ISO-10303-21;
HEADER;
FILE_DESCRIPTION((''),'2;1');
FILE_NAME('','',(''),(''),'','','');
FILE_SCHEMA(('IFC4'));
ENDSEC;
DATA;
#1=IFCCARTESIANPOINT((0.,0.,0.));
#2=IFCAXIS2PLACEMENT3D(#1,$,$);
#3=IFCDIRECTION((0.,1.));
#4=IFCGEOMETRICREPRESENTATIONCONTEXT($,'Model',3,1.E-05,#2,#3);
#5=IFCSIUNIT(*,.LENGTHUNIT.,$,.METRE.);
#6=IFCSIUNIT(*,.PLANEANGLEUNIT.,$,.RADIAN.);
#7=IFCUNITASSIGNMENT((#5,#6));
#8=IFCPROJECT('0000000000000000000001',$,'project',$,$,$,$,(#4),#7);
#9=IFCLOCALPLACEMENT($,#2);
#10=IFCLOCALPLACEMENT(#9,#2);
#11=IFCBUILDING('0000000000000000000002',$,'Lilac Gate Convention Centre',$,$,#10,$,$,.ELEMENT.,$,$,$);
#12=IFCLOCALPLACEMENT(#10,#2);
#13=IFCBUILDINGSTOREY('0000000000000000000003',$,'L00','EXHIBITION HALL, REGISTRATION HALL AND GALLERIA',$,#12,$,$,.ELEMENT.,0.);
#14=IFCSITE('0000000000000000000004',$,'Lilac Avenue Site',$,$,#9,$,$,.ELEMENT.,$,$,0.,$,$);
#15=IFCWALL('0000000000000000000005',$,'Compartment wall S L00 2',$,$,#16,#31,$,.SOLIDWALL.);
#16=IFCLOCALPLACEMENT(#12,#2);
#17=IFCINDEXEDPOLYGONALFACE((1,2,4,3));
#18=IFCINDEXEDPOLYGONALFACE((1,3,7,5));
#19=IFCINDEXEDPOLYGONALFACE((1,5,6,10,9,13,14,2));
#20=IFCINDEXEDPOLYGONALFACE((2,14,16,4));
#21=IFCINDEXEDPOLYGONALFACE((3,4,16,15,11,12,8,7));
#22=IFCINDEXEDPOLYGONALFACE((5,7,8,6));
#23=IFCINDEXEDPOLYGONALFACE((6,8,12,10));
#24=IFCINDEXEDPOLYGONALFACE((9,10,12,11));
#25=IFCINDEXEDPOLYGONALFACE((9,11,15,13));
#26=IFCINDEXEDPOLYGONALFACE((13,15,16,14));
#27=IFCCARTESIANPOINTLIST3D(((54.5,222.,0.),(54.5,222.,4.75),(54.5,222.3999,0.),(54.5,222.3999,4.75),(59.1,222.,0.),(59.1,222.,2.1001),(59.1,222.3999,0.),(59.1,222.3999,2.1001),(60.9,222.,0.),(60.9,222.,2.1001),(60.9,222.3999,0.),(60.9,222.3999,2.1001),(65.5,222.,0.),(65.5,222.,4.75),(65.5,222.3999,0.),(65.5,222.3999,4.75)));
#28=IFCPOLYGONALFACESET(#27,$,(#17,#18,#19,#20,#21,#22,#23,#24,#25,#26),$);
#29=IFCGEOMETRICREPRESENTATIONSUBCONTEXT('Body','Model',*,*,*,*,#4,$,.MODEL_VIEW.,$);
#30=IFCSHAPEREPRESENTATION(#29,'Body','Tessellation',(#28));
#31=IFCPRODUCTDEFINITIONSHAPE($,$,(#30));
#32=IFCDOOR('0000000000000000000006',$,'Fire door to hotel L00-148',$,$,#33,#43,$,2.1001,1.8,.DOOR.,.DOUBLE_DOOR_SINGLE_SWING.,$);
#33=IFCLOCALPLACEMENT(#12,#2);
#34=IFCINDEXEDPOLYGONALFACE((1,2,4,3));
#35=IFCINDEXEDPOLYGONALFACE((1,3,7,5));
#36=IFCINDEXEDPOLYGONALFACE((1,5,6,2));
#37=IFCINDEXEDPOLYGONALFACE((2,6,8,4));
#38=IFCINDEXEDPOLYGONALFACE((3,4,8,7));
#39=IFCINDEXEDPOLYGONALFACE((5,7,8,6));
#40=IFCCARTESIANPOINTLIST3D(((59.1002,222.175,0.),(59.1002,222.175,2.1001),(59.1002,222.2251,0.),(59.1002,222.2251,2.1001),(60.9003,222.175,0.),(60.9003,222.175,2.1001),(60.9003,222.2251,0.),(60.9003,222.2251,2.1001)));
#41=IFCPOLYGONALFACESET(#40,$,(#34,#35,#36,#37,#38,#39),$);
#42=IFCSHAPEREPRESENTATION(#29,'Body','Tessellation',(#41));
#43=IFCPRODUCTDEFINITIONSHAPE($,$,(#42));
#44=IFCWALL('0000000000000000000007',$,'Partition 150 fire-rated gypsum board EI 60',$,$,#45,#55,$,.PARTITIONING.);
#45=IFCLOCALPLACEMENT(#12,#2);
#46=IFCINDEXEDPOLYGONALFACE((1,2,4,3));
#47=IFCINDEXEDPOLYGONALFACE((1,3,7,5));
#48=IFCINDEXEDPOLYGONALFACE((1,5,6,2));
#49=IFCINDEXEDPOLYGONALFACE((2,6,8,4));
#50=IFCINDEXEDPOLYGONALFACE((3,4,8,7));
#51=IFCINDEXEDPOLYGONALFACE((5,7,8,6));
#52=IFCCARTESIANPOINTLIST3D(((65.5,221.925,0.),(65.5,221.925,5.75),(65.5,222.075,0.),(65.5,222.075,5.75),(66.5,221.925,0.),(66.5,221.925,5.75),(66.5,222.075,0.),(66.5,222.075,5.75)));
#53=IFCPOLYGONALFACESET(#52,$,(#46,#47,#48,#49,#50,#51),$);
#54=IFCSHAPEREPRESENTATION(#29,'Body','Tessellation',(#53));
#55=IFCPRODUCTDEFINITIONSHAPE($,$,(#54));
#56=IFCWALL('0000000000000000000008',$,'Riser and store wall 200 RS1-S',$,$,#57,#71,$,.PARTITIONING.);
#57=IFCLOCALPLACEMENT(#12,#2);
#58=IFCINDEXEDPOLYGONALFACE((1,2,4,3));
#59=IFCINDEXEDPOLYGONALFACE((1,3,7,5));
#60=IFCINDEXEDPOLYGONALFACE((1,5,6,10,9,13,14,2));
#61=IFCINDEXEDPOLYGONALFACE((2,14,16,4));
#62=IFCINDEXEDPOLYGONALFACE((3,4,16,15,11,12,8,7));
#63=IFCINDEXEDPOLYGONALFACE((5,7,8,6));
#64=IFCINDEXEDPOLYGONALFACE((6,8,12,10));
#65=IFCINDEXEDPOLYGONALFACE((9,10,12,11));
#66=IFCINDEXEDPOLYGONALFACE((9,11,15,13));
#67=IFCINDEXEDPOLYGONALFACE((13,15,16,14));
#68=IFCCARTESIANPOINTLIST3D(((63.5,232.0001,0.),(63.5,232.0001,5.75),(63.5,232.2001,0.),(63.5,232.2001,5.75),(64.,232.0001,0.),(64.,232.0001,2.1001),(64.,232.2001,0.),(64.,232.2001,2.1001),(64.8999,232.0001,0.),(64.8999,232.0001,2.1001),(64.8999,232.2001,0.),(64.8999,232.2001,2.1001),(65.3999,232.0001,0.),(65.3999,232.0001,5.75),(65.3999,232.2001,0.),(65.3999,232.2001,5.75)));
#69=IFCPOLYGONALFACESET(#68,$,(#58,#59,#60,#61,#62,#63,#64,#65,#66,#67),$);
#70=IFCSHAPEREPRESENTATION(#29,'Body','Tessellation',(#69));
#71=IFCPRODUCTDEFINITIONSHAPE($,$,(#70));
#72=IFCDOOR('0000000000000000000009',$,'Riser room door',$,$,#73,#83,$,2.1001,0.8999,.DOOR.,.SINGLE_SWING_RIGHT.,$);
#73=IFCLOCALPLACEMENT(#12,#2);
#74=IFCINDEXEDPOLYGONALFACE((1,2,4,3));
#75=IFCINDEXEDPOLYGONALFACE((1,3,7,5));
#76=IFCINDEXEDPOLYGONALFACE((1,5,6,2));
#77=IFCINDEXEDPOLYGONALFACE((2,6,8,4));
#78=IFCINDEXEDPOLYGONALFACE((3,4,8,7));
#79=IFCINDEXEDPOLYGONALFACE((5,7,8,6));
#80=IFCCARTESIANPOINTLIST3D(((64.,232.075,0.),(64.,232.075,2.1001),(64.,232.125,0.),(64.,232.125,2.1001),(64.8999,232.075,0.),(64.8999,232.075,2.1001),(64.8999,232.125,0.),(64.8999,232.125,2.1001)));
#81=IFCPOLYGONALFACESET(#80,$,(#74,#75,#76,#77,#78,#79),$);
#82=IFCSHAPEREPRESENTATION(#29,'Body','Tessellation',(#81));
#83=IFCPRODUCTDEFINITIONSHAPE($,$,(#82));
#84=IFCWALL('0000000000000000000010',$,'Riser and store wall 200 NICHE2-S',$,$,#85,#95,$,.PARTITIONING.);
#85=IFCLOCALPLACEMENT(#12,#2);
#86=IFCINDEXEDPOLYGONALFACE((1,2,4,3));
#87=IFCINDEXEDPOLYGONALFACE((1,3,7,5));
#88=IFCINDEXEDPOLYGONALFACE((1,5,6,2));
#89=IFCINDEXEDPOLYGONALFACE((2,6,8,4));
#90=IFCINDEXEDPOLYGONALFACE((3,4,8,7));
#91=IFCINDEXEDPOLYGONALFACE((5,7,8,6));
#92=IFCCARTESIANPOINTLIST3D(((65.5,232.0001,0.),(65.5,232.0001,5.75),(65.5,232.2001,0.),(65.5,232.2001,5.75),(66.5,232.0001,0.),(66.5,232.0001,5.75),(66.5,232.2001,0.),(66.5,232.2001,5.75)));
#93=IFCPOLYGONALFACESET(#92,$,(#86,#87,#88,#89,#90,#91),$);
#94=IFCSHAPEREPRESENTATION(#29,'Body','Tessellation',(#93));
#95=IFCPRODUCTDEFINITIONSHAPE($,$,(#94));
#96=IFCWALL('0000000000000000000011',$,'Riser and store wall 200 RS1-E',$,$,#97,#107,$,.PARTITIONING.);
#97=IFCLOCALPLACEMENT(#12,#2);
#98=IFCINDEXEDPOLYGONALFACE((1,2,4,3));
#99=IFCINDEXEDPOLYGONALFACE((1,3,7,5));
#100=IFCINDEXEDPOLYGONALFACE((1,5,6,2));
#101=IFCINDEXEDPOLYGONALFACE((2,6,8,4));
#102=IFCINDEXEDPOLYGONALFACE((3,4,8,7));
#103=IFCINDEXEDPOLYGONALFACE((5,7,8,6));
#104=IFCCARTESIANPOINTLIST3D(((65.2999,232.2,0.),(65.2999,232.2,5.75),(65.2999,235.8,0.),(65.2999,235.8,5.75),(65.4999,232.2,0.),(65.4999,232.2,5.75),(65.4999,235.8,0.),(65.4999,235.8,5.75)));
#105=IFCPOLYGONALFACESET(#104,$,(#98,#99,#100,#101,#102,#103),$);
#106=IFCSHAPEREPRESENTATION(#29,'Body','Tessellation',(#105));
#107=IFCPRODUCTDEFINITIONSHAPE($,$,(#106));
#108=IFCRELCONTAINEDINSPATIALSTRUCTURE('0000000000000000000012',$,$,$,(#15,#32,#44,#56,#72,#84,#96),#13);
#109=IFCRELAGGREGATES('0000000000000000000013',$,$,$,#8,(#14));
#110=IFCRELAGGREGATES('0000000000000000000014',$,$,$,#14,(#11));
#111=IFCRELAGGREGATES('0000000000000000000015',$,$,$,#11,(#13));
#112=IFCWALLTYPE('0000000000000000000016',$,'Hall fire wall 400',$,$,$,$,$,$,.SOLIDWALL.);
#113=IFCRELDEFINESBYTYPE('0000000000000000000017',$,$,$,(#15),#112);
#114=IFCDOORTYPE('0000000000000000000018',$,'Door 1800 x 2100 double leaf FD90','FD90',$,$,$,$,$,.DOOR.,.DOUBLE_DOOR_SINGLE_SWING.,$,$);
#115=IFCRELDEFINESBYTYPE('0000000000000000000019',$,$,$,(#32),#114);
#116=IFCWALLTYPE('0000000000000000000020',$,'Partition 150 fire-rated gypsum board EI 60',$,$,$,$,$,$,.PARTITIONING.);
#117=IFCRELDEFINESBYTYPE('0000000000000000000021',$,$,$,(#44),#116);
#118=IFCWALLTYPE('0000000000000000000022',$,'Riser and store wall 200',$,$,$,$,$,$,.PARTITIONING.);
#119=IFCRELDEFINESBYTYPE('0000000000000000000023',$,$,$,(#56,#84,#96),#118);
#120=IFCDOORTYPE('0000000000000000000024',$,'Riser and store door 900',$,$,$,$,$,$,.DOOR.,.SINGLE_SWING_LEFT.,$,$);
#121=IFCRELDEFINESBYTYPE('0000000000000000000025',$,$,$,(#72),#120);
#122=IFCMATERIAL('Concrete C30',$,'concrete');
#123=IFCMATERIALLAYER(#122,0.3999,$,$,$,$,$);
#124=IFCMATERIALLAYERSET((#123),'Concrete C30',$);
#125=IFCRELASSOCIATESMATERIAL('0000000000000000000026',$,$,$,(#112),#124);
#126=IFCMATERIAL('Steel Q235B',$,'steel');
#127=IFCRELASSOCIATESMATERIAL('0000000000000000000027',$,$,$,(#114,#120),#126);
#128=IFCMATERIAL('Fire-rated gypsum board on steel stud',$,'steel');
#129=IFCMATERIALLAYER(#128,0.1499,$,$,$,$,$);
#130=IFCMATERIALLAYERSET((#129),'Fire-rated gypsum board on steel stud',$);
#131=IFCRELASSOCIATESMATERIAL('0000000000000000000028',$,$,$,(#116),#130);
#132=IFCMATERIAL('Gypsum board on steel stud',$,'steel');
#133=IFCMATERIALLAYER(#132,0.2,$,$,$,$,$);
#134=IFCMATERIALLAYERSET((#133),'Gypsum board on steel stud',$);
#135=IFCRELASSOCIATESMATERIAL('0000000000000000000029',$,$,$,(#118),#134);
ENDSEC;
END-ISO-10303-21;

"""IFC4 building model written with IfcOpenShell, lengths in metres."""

from ifc_helpers import new_model, si_unit, direction, frame, frame_2d, origin, place, context, subcontext, project, spatial, rectangle, extrude, material, layer, layer_set, type_object, element, fill, save


model = new_model("IFC4")

# Units and contexts
model_context = context("Model", 3, precision=1e-05, world=origin(), true_north=direction((0.0, 1.0)))
body_context = subcontext(model_context, "Body", "Model", "MODEL_VIEW")
ifc_project = project(units=[si_unit("LENGTHUNIT", "METRE"), si_unit("PLANEANGLEUNIT", "RADIAN")], contexts=[model_context])

# Site, building, storey
site_placement = place(None, origin())
site = spatial("IfcSite", under=ifc_project, at=site_placement, Name="Lilac Avenue Site", CompositionType="ELEMENT", RefElevation=0.0)
building_placement = place(site_placement, origin())
building = spatial("IfcBuilding", under=site, at=building_placement, Name="Lilac Gate Convention Centre", CompositionType="ELEMENT")
storey_placement = place(building_placement, origin())
storey = spatial("IfcBuildingStorey", under=building, at=storey_placement, Name="L00", Description="EXHIBITION HALL, REGISTRATION HALL AND GALLERIA", CompositionType="ELEMENT", Elevation=0.0)

# Wall, opening, door
ifc_material_1 = material(Name="Concrete C30", Category="concrete")
ifc_layer_1 = layer(ifc_material_1, 0.3999)
ifc_layer_set_1 = layer_set([ifc_layer_1], Name="Concrete C30")
wall_type_1 = type_object("IfcWallType", Name="Hall fire wall 400", PredefinedType="SOLIDWALL", material=ifc_layer_set_1)
wall_1_placement = place(storey_placement, frame((54.5, 222.2, 0.0), z_axis=(0.0, 0.0, 1.0), x_axis=(1.0, 0.0, 0.0)))
wall_1 = element("IfcWall", 1, at=wall_1_placement, inside=storey, type_object=wall_type_1, Name="Compartment wall S L00 2", PredefinedType="SOLIDWALL", context=body_context, shape_type="SweptSolid", body=[
    extrude(rectangle(XDim=11.0, YDim=0.3999, at=frame_2d((5.5, 0.0))), origin(), (0.0, 0.0, 1.0), 4.75),
])
opening_1_placement = place(wall_1_placement, frame((4.6001, 0.0, 0.0)))
opening_1 = element("IfcOpeningElement", 2, at=opening_1_placement, cuts=wall_1, PredefinedType="OPENING", context=body_context, shape_type="SweptSolid", body=[
    extrude(rectangle(XDim=1.8, YDim=2.1001, at=frame_2d((0.8999, 1.05))), frame((0.0, 0.21, 0.0), z_axis=(0.0, -1.0, 0.0), x_axis=(1.0, 0.0, 0.0)), (0.0, 0.0, 1.0), 0.4199),
])
ifc_material_2 = material(Name="Steel Q235B", Category="steel")
door_type_1 = type_object("IfcDoorType", Name="Door 1800 x 2100 double leaf FD90", Description="FD90", OperationType="DOUBLE_DOOR_SINGLE_SWING", PredefinedType="DOOR", material=ifc_material_2)
door_1_placement = place(opening_1_placement, frame((1.8, 0.0, 0.0), z_axis=(0.0, 0.0, 1.0), x_axis=(-1.0, 0.0, 0.0)))
door_1 = element("IfcDoor", 3, at=door_1_placement, inside=storey, type_object=door_type_1, Name="Fire door to hotel L00-148", OperationType="DOUBLE_DOOR_SINGLE_SWING", OverallHeight=2.1001, OverallWidth=1.8, PredefinedType="DOOR", context=body_context, shape_type="SweptSolid", body=[
    extrude(rectangle(XDim=1.8, YDim=2.1001, at=frame_2d((0.8999, 1.05))), frame((0.0, 0.0249, 0.0), z_axis=(0.0, -1.0, 0.0), x_axis=(1.0, 0.0, 0.0)), (0.0, 0.0, 1.0), 0.05),
])
fill(opening_1, door_1)

# Wall
ifc_material_3 = material(Name="Fire-rated gypsum board on steel stud", Category="steel")
ifc_layer_2 = layer(ifc_material_3, 0.1499)
ifc_layer_set_2 = layer_set([ifc_layer_2], Name="Fire-rated gypsum board on steel stud")
wall_type_2 = type_object("IfcWallType", Name="Partition 150 fire-rated gypsum board EI 60", PredefinedType="PARTITIONING", material=ifc_layer_set_2)
wall_2_placement = place(storey_placement, frame((65.5, 222.0, 0.0), z_axis=(0.0, 0.0, 1.0), x_axis=(1.0, 0.0, 0.0)))
element("IfcWall", 4, at=wall_2_placement, inside=storey, type_object=wall_type_2, Name="Partition 150 fire-rated gypsum board EI 60", PredefinedType="PARTITIONING", context=body_context, shape_type="SweptSolid", body=[
    extrude(rectangle(XDim=1.0, YDim=0.1499, at=frame_2d((0.5, 0.0))), origin(), (0.0, 0.0, 1.0), 5.75),
])

# Wall, opening, door
ifc_material_4 = material(Name="Gypsum board on steel stud", Category="steel")
ifc_layer_3 = layer(ifc_material_4, 0.2)
ifc_layer_set_3 = layer_set([ifc_layer_3], Name="Gypsum board on steel stud")
wall_type_3 = type_object("IfcWallType", Name="Riser and store wall 200", PredefinedType="PARTITIONING", material=ifc_layer_set_3)
wall_3_placement = place(storey_placement, frame((63.5, 232.1001, 0.0), z_axis=(0.0, 0.0, 1.0), x_axis=(1.0, 0.0, 0.0)))
wall_3 = element("IfcWall", 5, at=wall_3_placement, inside=storey, type_object=wall_type_3, Name="Riser and store wall 200 RS1-S", PredefinedType="PARTITIONING", context=body_context, shape_type="SweptSolid", body=[
    extrude(rectangle(XDim=1.8999, YDim=0.2, at=frame_2d((0.95, 0.0))), origin(), (0.0, 0.0, 1.0), 5.75),
])
opening_2_placement = place(wall_3_placement, frame((0.5, 0.0, 0.0)))
opening_2 = element("IfcOpeningElement", 6, at=opening_2_placement, cuts=wall_3, PredefinedType="OPENING", context=body_context, shape_type="SweptSolid", body=[
    extrude(rectangle(XDim=0.8999, YDim=2.1001, at=frame_2d((0.45, 1.05))), frame((0.0, 0.1099, 0.0), z_axis=(0.0, -1.0, 0.0), x_axis=(1.0, 0.0, 0.0)), (0.0, 0.0, 1.0), 0.22),
])
door_type_2 = type_object("IfcDoorType", Name="Riser and store door 900", OperationType="SINGLE_SWING_LEFT", PredefinedType="DOOR", material=ifc_material_2)
door_2_placement = place(opening_2_placement, origin())
door_2 = element("IfcDoor", 7, at=door_2_placement, inside=storey, type_object=door_type_2, Name="Riser room door", OperationType="SINGLE_SWING_RIGHT", OverallHeight=2.1001, OverallWidth=0.8999, PredefinedType="DOOR", context=body_context, shape_type="SweptSolid", body=[
    extrude(rectangle(XDim=0.8999, YDim=2.1001, at=frame_2d((0.45, 1.05))), frame((0.0, 0.0249, 0.0), z_axis=(0.0, -1.0, 0.0), x_axis=(1.0, 0.0, 0.0)), (0.0, 0.0, 1.0), 0.05),
])
fill(opening_2, door_2)

# Walls
wall_4_placement = place(storey_placement, frame((65.5, 232.1001, 0.0), z_axis=(0.0, 0.0, 1.0), x_axis=(1.0, 0.0, 0.0)))
element("IfcWall", 8, at=wall_4_placement, inside=storey, type_object=wall_type_3, Name="Riser and store wall 200 NICHE2-S", PredefinedType="PARTITIONING", context=body_context, shape_type="SweptSolid", body=[
    extrude(rectangle(XDim=1.0, YDim=0.2, at=frame_2d((0.5, 0.0))), origin(), (0.0, 0.0, 1.0), 5.75),
])
wall_5_placement = place(storey_placement, frame((65.3999, 232.2, 0.0), z_axis=(0.0, 0.0, 1.0), x_axis=(0.0, 1.0, 0.0)))
element("IfcWall", 9, at=wall_5_placement, inside=storey, type_object=wall_type_3, Name="Riser and store wall 200 RS1-E", PredefinedType="PARTITIONING", context=body_context, shape_type="SweptSolid", body=[
    extrude(rectangle(XDim=3.6001, YDim=0.2, at=frame_2d((1.8, 0.0))), origin(), (0.0, 0.0, 1.0), 5.75),
])

save(model, "model.ifc")
